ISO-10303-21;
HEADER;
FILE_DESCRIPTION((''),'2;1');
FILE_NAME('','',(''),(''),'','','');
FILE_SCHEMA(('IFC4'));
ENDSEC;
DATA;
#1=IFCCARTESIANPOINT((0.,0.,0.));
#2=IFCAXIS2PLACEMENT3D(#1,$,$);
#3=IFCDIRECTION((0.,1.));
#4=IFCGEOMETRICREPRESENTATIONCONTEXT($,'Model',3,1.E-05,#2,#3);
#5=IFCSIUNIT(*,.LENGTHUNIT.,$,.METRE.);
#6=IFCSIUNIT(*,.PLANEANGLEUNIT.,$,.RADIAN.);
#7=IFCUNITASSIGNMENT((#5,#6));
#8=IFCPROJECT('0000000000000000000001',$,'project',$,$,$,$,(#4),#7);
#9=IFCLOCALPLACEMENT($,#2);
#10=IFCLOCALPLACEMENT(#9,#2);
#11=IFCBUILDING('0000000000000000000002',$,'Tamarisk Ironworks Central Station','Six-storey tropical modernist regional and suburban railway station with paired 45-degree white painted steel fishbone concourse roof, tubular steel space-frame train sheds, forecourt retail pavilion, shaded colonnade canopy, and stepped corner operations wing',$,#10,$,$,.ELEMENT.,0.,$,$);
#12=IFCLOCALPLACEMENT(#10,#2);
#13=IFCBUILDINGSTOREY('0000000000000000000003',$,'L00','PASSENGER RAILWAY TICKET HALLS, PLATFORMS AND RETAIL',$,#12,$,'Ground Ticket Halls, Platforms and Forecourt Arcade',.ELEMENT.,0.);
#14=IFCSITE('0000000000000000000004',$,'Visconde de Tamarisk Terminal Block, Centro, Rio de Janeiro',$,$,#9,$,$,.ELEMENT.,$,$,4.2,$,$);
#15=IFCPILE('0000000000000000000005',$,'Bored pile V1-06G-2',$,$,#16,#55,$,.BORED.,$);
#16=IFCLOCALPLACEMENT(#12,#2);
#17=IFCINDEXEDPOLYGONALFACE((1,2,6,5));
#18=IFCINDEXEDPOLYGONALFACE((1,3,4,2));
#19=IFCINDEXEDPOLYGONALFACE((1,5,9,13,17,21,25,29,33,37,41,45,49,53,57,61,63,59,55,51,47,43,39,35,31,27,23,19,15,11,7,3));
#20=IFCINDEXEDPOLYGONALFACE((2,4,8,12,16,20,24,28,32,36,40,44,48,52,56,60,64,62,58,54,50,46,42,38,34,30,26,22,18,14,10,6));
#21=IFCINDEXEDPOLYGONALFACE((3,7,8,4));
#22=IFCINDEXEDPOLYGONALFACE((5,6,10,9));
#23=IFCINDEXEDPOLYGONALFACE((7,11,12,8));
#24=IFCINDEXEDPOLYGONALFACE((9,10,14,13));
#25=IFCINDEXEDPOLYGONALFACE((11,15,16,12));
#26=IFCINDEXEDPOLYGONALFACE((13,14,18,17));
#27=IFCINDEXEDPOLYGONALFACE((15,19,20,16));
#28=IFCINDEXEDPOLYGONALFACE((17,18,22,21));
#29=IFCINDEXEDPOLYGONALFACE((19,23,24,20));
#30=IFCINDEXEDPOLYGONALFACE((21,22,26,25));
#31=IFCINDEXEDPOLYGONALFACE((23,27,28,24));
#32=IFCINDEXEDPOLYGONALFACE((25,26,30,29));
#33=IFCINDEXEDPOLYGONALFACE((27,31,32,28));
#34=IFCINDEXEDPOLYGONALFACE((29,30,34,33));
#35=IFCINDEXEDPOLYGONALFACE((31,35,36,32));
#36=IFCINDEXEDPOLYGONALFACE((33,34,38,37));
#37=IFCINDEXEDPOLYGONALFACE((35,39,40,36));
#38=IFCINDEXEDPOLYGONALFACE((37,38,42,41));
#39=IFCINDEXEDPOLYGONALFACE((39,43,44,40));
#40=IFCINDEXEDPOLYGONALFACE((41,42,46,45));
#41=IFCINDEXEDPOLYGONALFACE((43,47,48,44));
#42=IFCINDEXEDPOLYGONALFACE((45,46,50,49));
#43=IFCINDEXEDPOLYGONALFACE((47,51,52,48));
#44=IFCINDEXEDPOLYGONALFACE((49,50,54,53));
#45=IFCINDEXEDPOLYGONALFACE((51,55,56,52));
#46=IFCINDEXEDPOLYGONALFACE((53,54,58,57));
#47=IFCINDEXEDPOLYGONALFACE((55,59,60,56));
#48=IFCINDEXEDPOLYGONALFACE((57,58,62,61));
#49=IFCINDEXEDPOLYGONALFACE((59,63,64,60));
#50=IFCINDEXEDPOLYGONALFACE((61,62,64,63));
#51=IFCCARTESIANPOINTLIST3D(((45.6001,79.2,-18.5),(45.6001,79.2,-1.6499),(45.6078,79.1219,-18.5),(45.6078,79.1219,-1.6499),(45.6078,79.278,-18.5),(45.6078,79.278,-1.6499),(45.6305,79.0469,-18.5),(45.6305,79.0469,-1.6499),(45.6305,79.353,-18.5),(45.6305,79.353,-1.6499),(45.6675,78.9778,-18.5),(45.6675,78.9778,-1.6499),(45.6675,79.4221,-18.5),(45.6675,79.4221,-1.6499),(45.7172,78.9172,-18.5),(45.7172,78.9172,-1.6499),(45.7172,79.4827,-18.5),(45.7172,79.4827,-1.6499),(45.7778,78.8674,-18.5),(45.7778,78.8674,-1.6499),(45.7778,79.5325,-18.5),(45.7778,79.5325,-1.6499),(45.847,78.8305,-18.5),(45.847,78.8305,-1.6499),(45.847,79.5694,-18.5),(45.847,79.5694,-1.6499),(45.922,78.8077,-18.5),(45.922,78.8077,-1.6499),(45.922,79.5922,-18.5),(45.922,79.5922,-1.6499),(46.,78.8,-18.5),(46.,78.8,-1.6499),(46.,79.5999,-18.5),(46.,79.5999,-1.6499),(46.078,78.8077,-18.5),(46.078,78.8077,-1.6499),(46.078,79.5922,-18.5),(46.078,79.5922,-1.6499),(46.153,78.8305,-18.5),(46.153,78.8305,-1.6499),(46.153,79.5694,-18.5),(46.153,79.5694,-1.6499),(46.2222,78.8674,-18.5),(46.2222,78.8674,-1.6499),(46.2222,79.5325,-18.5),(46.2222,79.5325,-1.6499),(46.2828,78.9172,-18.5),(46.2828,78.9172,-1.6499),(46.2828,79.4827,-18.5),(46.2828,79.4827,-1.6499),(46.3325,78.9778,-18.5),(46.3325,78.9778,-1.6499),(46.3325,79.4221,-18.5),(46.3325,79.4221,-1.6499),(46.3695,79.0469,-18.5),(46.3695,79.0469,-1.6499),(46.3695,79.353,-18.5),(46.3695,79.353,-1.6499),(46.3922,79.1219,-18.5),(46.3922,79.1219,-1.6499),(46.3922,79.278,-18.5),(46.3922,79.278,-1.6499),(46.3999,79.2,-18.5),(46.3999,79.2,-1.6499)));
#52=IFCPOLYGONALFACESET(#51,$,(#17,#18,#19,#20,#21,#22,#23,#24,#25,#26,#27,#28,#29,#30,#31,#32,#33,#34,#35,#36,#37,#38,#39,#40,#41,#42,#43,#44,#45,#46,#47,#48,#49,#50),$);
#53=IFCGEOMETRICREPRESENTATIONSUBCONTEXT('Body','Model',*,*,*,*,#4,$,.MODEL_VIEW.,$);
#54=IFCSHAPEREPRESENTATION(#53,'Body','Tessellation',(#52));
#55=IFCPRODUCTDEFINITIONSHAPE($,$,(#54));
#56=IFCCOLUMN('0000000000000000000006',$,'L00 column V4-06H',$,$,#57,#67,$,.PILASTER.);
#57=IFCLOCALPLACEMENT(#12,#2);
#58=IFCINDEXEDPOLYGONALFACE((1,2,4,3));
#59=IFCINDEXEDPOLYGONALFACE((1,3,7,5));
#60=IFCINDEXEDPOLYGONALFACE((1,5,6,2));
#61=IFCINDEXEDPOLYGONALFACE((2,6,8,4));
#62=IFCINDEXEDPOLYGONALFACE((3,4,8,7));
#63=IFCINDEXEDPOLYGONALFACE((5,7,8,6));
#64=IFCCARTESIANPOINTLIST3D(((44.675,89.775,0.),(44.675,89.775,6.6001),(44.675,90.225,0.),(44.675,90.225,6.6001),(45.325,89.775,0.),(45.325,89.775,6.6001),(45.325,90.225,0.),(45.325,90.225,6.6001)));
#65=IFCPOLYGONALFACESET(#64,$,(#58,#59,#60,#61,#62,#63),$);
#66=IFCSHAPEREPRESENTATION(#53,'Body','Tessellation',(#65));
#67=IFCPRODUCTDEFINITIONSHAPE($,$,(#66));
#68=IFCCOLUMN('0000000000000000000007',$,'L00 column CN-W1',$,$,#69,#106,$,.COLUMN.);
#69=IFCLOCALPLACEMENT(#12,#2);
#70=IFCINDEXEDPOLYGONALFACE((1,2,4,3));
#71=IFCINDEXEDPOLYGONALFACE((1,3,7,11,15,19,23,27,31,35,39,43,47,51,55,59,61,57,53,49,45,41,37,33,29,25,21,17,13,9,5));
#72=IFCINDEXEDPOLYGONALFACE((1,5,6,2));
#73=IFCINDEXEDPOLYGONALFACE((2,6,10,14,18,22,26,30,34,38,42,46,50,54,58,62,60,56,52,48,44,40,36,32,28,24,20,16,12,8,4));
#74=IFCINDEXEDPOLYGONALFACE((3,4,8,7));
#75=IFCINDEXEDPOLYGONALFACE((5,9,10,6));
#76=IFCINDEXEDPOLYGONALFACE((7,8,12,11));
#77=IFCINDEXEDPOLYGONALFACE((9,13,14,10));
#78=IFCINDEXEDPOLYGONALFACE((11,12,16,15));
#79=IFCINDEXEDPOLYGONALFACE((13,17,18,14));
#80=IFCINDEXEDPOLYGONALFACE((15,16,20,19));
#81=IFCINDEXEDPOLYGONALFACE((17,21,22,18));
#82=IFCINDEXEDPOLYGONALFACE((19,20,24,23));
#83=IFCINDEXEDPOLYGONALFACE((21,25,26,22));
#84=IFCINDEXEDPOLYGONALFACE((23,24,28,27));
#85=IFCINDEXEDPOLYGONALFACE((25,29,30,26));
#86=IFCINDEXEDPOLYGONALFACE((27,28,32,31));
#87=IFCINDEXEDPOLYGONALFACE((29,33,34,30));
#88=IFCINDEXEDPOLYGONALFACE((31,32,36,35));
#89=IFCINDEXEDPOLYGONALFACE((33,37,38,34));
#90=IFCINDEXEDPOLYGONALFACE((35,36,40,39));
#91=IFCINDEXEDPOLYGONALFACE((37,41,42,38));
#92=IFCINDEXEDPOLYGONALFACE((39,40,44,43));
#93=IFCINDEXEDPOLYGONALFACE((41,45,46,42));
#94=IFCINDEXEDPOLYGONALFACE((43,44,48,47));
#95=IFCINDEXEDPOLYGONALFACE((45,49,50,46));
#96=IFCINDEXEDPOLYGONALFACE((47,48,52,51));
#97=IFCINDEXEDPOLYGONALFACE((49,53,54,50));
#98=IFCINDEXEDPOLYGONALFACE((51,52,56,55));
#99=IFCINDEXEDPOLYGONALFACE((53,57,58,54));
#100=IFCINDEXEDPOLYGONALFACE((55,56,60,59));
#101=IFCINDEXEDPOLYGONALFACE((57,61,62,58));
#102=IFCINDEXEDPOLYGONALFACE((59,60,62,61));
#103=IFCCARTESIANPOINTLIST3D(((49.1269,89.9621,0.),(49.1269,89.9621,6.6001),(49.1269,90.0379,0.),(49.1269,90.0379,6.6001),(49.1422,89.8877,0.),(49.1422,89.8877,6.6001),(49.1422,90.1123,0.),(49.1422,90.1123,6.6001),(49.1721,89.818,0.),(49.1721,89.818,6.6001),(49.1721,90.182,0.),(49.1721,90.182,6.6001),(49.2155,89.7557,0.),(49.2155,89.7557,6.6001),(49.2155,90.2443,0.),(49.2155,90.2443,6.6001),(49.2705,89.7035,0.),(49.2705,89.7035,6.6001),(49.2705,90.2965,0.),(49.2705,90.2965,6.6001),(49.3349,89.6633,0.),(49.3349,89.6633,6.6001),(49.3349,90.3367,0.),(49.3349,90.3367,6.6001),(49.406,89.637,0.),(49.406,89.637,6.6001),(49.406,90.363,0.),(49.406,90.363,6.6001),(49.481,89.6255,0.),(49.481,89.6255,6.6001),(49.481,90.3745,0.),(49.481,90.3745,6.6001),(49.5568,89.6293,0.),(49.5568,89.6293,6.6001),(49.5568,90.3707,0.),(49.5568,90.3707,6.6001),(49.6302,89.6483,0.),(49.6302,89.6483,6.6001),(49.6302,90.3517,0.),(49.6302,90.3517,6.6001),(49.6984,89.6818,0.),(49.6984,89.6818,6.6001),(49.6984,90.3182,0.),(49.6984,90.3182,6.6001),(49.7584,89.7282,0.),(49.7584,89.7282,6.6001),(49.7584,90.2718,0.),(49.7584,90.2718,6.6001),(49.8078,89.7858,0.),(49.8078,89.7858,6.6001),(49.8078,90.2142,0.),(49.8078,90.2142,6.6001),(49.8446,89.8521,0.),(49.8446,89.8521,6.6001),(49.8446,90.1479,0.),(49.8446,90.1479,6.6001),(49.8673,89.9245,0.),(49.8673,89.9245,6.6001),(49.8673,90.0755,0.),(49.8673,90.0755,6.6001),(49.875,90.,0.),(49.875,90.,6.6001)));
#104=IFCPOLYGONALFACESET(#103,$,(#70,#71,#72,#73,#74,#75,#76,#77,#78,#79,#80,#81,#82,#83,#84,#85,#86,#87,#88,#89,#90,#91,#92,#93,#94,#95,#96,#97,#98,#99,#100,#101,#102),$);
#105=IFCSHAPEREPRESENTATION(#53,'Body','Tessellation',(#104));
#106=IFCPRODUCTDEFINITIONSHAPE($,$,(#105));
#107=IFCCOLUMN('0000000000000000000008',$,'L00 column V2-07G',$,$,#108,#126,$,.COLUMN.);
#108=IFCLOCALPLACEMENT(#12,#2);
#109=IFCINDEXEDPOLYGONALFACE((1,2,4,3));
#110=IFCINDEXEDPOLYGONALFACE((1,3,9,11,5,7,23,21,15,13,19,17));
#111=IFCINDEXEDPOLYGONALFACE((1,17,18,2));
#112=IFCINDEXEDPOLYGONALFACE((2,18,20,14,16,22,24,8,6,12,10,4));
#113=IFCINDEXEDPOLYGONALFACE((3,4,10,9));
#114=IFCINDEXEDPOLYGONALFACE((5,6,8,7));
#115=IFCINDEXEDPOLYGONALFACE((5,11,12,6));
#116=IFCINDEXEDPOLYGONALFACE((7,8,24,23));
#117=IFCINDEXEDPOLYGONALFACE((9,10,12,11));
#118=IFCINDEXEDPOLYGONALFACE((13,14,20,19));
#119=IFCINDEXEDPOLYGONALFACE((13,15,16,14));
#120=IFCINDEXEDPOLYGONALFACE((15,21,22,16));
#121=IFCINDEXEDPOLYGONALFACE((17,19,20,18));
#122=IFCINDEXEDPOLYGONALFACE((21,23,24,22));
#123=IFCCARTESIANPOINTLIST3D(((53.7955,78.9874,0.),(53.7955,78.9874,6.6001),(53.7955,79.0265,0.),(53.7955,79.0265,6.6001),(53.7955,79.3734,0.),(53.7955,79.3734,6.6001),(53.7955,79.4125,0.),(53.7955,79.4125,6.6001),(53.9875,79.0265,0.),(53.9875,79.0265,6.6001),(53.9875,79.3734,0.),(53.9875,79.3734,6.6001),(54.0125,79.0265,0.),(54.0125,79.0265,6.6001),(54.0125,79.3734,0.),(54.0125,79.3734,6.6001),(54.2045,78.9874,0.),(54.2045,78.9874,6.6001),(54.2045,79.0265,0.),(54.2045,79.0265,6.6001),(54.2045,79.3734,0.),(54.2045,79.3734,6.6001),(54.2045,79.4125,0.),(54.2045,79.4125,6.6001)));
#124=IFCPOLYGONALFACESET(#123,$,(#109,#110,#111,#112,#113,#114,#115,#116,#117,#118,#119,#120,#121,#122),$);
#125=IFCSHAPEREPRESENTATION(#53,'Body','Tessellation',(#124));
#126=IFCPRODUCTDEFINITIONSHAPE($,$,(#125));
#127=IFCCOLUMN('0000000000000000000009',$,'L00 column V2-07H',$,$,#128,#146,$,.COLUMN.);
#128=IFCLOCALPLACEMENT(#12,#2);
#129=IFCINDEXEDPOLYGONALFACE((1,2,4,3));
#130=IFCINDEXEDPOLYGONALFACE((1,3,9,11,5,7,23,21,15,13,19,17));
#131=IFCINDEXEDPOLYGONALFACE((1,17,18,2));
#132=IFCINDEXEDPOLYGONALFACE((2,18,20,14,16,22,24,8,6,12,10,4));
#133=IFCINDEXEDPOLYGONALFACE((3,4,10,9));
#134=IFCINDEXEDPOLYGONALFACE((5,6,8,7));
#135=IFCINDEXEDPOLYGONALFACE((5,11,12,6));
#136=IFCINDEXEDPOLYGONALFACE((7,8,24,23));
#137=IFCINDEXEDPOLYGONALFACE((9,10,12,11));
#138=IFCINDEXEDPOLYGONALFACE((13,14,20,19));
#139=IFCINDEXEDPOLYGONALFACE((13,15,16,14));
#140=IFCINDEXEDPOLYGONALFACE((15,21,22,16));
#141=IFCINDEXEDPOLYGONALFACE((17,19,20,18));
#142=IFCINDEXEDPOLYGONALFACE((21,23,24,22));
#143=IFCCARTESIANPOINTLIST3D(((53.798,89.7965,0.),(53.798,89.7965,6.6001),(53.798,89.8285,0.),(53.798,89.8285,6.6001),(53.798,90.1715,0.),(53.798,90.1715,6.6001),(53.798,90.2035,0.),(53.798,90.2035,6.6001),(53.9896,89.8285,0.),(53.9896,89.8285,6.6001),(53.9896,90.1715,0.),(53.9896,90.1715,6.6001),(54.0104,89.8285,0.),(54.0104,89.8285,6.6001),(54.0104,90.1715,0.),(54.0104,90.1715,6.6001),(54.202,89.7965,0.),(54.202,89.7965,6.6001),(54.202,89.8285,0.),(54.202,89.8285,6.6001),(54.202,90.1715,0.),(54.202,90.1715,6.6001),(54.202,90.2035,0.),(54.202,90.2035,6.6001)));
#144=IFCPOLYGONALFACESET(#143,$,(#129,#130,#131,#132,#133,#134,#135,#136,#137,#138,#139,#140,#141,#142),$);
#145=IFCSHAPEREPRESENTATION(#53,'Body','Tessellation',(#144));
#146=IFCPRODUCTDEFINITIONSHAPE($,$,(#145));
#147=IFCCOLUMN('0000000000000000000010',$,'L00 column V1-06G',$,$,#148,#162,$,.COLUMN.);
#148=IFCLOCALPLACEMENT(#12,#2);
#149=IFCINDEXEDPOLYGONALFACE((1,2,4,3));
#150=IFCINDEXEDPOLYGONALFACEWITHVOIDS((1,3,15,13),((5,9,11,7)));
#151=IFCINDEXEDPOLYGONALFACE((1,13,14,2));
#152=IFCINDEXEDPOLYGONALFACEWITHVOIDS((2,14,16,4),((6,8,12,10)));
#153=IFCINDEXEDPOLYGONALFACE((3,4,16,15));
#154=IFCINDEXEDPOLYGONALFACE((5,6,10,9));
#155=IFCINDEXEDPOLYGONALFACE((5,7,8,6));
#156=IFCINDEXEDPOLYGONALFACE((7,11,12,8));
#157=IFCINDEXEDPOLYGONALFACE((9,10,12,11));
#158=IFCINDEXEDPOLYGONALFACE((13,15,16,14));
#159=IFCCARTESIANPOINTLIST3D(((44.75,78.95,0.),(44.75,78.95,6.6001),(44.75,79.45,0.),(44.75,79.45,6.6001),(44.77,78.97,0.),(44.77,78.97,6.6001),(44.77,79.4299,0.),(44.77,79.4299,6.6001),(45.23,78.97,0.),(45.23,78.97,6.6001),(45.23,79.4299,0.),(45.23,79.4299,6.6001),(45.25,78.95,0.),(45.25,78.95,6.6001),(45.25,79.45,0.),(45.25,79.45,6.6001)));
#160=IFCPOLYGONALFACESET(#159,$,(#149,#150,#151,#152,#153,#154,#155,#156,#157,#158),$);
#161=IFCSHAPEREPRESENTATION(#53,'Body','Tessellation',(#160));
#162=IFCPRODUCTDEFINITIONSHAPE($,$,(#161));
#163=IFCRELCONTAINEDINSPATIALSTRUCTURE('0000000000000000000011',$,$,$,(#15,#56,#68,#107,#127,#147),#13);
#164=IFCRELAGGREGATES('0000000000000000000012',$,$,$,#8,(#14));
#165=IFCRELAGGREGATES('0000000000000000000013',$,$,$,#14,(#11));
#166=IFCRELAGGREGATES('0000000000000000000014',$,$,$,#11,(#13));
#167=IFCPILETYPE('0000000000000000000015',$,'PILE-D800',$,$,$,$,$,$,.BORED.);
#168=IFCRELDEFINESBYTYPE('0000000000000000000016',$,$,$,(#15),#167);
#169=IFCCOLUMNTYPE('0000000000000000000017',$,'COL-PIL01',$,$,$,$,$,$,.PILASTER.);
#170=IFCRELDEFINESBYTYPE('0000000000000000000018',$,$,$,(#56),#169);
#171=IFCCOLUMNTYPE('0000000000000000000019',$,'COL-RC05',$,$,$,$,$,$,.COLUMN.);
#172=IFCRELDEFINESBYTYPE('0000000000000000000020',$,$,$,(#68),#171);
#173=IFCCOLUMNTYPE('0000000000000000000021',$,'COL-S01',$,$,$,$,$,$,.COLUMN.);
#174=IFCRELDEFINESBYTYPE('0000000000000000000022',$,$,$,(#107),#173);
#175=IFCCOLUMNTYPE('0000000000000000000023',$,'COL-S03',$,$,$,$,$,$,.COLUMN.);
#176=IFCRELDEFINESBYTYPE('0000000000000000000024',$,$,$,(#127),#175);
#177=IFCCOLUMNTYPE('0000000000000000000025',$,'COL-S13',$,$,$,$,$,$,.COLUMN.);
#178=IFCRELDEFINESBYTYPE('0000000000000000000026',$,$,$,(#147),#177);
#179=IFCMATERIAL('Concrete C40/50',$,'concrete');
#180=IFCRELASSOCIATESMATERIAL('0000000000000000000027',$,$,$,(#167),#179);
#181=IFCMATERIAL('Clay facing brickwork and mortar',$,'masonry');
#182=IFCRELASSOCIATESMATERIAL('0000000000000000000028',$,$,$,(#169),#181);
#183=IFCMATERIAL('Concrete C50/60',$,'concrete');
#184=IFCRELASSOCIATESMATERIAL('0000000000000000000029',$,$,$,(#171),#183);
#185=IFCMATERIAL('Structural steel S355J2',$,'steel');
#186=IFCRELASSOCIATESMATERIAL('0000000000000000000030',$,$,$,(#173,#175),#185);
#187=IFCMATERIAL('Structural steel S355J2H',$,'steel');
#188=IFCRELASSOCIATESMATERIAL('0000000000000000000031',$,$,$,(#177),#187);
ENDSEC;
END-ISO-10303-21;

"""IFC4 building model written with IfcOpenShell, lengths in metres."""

from ifc_helpers import new_model, si_unit, direction, frame, origin, origin_2d, place, context, subcontext, project, spatial, rectangle, hollow_rectangle, circle, i_section, extrude, material, material_profile, profile_set, type_object, element, save


model = new_model("IFC4")

# Units and contexts
model_context = context("Model", 3, precision=1e-05, world=origin(), true_north=direction((0.0, 1.0)))
body_context = subcontext(model_context, "Body", "Model", "MODEL_VIEW")
ifc_project = project(units=[si_unit("LENGTHUNIT", "METRE"), si_unit("PLANEANGLEUNIT", "RADIAN")], contexts=[model_context])

# Site, building, storey
site_placement = place(None, origin())
site = spatial("IfcSite", under=ifc_project, at=site_placement, Name="Visconde de Tamarisk Terminal Block, Centro, Rio de Janeiro", CompositionType="ELEMENT", RefElevation=4.2)
building_placement = place(site_placement, origin())
building = spatial("IfcBuilding", under=site, at=building_placement, Name="Tamarisk Ironworks Central Station", Description="Six-storey tropical modernist regional and suburban railway station with paired 45-degree white painted steel fishbone concourse roof, tubular steel space-frame train sheds, forecourt retail pavilion, shaded colonnade canopy, and stepped corner operations wing", CompositionType="ELEMENT", ElevationOfRefHeight=0.0)
storey_placement = place(building_placement, origin())
storey = spatial("IfcBuildingStorey", under=building, at=storey_placement, Name="L00", Description="PASSENGER RAILWAY TICKET HALLS, PLATFORMS AND RETAIL", LongName="Ground Ticket Halls, Platforms and Forecourt Arcade", CompositionType="ELEMENT", Elevation=0.0)

# Shared definitions
ifc_material_1 = material(Name="Concrete C40/50", Category="concrete")

# Pile
ifc_material_profile_1 = material_profile(ifc_material_1, circle(Radius=0.3999, at=origin_2d()), Name="BORED PILE D800")
ifc_profile_set_1 = profile_set([ifc_material_profile_1], Name="Concrete C40/50")
pile_type_1 = type_object("IfcPileType", Name="PILE-D800", PredefinedType="BORED", material=ifc_profile_set_1)
for number, where, z_axis, x_axis, name in (
    (1, (46.0, 79.2, -1.6499), (0.0, 0.0, -1.0), (1.0, 0.0, 0.0), "Bored pile V1-06G-2"),
):
    element("IfcPile", number, at=place(storey_placement, frame(where, z_axis=z_axis, x_axis=x_axis)), inside=storey, type_object=pile_type_1, Name=name, PredefinedType="BORED", context=body_context, shape_type="SweptSolid", body=[
        extrude(circle(Radius=0.3999, at=origin_2d()), origin(), (0.0, 0.0, 1.0), 16.8501),
    ])

# Columns
ifc_material_2 = material(Name="Clay facing brickwork and mortar", Category="masonry")
ifc_material_profile_2 = material_profile(ifc_material_2, rectangle(XDim=0.6499, YDim=0.45, at=origin_2d()), Name="PIL 650x450")
ifc_profile_set_2 = profile_set([ifc_material_profile_2], Name="Clay facing brickwork and mortar")
column_type_1 = type_object("IfcColumnType", Name="COL-PIL01", PredefinedType="PILASTER", material=ifc_profile_set_2)
column_1_placement = place(storey_placement, frame((45.0, 90.0, 0.0), z_axis=(0.0, 0.0, 1.0), x_axis=(1.0, 0.0, 0.0)))
element("IfcColumn", 2, at=column_1_placement, inside=storey, type_object=column_type_1, Name="L00 column V4-06H", PredefinedType="PILASTER", context=body_context, shape_type="SweptSolid", body=[
    extrude(rectangle(XDim=0.6499, YDim=0.45, at=origin_2d()), origin(), (0.0, 0.0, 1.0), 6.6001),
])
ifc_material_3 = material(Name="Concrete C50/60", Category="concrete")
ifc_material_profile_3 = material_profile(ifc_material_3, circle(Radius=0.375, at=origin_2d()), Name="RC D750")
ifc_profile_set_3 = profile_set([ifc_material_profile_3], Name="Concrete C50/60")
column_type_2 = type_object("IfcColumnType", Name="COL-RC05", PredefinedType="COLUMN", material=ifc_profile_set_3)
column_2_placement = place(storey_placement, frame((49.5, 90.0, 0.0), z_axis=(0.0, 0.0, 1.0), x_axis=(1.0, 0.0, 0.0)))
element("IfcColumn", 3, at=column_2_placement, inside=storey, type_object=column_type_2, Name="L00 column CN-W1", PredefinedType="COLUMN", context=body_context, shape_type="SweptSolid", body=[
    extrude(circle(Radius=0.375, at=origin_2d()), origin(), (0.0, 0.0, 1.0), 6.6001),
])
ifc_material_4 = material(Name="Structural steel S355J2", Category="steel")
ifc_material_profile_4 = material_profile(ifc_material_4, i_section(OverallWidth=0.4089, OverallDepth=0.425, WebThickness=0.0249, FlangeThickness=0.0391, at=origin_2d()), Name="HD 400x421")
ifc_profile_set_4 = profile_set([ifc_material_profile_4], Name="Structural steel S355J2")
column_type_3 = type_object("IfcColumnType", Name="COL-S01", PredefinedType="COLUMN", material=ifc_profile_set_4)
column_3_placement = place(storey_placement, frame((54.0, 79.2, 0.0), z_axis=(0.0, 0.0, 1.0), x_axis=(1.0, 0.0, 0.0)))
element("IfcColumn", 4, at=column_3_placement, inside=storey, type_object=column_type_3, Name="L00 column V2-07G", PredefinedType="COLUMN", context=body_context, shape_type="SweptSolid", body=[
    extrude(i_section(OverallWidth=0.4089, OverallDepth=0.425, WebThickness=0.0249, FlangeThickness=0.0391, at=origin_2d()), origin(), (0.0, 0.0, 1.0), 6.6001),
])
ifc_material_profile_5 = material_profile(ifc_material_4, i_section(OverallWidth=0.4041, OverallDepth=0.407, WebThickness=0.0208, FlangeThickness=0.032, at=origin_2d()), Name="HD 400x347")
ifc_profile_set_5 = profile_set([ifc_material_profile_5], Name="Structural steel S355J2")
column_type_4 = type_object("IfcColumnType", Name="COL-S03", PredefinedType="COLUMN", material=ifc_profile_set_5)
column_4_placement = place(storey_placement, frame((54.0, 90.0, 0.0), z_axis=(0.0, 0.0, 1.0), x_axis=(1.0, 0.0, 0.0)))
element("IfcColumn", 5, at=column_4_placement, inside=storey, type_object=column_type_4, Name="L00 column V2-07H", PredefinedType="COLUMN", context=body_context, shape_type="SweptSolid", body=[
    extrude(i_section(OverallWidth=0.4041, OverallDepth=0.407, WebThickness=0.0208, FlangeThickness=0.032, at=origin_2d()), origin(), (0.0, 0.0, 1.0), 6.6001),
])
ifc_material_5 = material(Name="Structural steel S355J2H", Category="steel")
ifc_material_profile_6 = material_profile(ifc_material_5, hollow_rectangle(XDim=0.5, YDim=0.5, WallThickness=0.02, at=origin_2d()), Name="SHS 500x500x20")
ifc_profile_set_6 = profile_set([ifc_material_profile_6], Name="Structural steel S355J2H")
column_type_5 = type_object("IfcColumnType", Name="COL-S13", PredefinedType="COLUMN", material=ifc_profile_set_6)
column_5_placement = place(storey_placement, frame((45.0, 79.2, 0.0), z_axis=(0.0, 0.0, 1.0), x_axis=(1.0, 0.0, 0.0)))
element("IfcColumn", 6, at=column_5_placement, inside=storey, type_object=column_type_5, Name="L00 column V1-06G", PredefinedType="COLUMN", context=body_context, shape_type="SweptSolid", body=[
    extrude(hollow_rectangle(XDim=0.5, YDim=0.5, WallThickness=0.02, at=origin_2d()), origin(), (0.0, 0.0, 1.0), 6.6001),
])

save(model, "model.ifc")
